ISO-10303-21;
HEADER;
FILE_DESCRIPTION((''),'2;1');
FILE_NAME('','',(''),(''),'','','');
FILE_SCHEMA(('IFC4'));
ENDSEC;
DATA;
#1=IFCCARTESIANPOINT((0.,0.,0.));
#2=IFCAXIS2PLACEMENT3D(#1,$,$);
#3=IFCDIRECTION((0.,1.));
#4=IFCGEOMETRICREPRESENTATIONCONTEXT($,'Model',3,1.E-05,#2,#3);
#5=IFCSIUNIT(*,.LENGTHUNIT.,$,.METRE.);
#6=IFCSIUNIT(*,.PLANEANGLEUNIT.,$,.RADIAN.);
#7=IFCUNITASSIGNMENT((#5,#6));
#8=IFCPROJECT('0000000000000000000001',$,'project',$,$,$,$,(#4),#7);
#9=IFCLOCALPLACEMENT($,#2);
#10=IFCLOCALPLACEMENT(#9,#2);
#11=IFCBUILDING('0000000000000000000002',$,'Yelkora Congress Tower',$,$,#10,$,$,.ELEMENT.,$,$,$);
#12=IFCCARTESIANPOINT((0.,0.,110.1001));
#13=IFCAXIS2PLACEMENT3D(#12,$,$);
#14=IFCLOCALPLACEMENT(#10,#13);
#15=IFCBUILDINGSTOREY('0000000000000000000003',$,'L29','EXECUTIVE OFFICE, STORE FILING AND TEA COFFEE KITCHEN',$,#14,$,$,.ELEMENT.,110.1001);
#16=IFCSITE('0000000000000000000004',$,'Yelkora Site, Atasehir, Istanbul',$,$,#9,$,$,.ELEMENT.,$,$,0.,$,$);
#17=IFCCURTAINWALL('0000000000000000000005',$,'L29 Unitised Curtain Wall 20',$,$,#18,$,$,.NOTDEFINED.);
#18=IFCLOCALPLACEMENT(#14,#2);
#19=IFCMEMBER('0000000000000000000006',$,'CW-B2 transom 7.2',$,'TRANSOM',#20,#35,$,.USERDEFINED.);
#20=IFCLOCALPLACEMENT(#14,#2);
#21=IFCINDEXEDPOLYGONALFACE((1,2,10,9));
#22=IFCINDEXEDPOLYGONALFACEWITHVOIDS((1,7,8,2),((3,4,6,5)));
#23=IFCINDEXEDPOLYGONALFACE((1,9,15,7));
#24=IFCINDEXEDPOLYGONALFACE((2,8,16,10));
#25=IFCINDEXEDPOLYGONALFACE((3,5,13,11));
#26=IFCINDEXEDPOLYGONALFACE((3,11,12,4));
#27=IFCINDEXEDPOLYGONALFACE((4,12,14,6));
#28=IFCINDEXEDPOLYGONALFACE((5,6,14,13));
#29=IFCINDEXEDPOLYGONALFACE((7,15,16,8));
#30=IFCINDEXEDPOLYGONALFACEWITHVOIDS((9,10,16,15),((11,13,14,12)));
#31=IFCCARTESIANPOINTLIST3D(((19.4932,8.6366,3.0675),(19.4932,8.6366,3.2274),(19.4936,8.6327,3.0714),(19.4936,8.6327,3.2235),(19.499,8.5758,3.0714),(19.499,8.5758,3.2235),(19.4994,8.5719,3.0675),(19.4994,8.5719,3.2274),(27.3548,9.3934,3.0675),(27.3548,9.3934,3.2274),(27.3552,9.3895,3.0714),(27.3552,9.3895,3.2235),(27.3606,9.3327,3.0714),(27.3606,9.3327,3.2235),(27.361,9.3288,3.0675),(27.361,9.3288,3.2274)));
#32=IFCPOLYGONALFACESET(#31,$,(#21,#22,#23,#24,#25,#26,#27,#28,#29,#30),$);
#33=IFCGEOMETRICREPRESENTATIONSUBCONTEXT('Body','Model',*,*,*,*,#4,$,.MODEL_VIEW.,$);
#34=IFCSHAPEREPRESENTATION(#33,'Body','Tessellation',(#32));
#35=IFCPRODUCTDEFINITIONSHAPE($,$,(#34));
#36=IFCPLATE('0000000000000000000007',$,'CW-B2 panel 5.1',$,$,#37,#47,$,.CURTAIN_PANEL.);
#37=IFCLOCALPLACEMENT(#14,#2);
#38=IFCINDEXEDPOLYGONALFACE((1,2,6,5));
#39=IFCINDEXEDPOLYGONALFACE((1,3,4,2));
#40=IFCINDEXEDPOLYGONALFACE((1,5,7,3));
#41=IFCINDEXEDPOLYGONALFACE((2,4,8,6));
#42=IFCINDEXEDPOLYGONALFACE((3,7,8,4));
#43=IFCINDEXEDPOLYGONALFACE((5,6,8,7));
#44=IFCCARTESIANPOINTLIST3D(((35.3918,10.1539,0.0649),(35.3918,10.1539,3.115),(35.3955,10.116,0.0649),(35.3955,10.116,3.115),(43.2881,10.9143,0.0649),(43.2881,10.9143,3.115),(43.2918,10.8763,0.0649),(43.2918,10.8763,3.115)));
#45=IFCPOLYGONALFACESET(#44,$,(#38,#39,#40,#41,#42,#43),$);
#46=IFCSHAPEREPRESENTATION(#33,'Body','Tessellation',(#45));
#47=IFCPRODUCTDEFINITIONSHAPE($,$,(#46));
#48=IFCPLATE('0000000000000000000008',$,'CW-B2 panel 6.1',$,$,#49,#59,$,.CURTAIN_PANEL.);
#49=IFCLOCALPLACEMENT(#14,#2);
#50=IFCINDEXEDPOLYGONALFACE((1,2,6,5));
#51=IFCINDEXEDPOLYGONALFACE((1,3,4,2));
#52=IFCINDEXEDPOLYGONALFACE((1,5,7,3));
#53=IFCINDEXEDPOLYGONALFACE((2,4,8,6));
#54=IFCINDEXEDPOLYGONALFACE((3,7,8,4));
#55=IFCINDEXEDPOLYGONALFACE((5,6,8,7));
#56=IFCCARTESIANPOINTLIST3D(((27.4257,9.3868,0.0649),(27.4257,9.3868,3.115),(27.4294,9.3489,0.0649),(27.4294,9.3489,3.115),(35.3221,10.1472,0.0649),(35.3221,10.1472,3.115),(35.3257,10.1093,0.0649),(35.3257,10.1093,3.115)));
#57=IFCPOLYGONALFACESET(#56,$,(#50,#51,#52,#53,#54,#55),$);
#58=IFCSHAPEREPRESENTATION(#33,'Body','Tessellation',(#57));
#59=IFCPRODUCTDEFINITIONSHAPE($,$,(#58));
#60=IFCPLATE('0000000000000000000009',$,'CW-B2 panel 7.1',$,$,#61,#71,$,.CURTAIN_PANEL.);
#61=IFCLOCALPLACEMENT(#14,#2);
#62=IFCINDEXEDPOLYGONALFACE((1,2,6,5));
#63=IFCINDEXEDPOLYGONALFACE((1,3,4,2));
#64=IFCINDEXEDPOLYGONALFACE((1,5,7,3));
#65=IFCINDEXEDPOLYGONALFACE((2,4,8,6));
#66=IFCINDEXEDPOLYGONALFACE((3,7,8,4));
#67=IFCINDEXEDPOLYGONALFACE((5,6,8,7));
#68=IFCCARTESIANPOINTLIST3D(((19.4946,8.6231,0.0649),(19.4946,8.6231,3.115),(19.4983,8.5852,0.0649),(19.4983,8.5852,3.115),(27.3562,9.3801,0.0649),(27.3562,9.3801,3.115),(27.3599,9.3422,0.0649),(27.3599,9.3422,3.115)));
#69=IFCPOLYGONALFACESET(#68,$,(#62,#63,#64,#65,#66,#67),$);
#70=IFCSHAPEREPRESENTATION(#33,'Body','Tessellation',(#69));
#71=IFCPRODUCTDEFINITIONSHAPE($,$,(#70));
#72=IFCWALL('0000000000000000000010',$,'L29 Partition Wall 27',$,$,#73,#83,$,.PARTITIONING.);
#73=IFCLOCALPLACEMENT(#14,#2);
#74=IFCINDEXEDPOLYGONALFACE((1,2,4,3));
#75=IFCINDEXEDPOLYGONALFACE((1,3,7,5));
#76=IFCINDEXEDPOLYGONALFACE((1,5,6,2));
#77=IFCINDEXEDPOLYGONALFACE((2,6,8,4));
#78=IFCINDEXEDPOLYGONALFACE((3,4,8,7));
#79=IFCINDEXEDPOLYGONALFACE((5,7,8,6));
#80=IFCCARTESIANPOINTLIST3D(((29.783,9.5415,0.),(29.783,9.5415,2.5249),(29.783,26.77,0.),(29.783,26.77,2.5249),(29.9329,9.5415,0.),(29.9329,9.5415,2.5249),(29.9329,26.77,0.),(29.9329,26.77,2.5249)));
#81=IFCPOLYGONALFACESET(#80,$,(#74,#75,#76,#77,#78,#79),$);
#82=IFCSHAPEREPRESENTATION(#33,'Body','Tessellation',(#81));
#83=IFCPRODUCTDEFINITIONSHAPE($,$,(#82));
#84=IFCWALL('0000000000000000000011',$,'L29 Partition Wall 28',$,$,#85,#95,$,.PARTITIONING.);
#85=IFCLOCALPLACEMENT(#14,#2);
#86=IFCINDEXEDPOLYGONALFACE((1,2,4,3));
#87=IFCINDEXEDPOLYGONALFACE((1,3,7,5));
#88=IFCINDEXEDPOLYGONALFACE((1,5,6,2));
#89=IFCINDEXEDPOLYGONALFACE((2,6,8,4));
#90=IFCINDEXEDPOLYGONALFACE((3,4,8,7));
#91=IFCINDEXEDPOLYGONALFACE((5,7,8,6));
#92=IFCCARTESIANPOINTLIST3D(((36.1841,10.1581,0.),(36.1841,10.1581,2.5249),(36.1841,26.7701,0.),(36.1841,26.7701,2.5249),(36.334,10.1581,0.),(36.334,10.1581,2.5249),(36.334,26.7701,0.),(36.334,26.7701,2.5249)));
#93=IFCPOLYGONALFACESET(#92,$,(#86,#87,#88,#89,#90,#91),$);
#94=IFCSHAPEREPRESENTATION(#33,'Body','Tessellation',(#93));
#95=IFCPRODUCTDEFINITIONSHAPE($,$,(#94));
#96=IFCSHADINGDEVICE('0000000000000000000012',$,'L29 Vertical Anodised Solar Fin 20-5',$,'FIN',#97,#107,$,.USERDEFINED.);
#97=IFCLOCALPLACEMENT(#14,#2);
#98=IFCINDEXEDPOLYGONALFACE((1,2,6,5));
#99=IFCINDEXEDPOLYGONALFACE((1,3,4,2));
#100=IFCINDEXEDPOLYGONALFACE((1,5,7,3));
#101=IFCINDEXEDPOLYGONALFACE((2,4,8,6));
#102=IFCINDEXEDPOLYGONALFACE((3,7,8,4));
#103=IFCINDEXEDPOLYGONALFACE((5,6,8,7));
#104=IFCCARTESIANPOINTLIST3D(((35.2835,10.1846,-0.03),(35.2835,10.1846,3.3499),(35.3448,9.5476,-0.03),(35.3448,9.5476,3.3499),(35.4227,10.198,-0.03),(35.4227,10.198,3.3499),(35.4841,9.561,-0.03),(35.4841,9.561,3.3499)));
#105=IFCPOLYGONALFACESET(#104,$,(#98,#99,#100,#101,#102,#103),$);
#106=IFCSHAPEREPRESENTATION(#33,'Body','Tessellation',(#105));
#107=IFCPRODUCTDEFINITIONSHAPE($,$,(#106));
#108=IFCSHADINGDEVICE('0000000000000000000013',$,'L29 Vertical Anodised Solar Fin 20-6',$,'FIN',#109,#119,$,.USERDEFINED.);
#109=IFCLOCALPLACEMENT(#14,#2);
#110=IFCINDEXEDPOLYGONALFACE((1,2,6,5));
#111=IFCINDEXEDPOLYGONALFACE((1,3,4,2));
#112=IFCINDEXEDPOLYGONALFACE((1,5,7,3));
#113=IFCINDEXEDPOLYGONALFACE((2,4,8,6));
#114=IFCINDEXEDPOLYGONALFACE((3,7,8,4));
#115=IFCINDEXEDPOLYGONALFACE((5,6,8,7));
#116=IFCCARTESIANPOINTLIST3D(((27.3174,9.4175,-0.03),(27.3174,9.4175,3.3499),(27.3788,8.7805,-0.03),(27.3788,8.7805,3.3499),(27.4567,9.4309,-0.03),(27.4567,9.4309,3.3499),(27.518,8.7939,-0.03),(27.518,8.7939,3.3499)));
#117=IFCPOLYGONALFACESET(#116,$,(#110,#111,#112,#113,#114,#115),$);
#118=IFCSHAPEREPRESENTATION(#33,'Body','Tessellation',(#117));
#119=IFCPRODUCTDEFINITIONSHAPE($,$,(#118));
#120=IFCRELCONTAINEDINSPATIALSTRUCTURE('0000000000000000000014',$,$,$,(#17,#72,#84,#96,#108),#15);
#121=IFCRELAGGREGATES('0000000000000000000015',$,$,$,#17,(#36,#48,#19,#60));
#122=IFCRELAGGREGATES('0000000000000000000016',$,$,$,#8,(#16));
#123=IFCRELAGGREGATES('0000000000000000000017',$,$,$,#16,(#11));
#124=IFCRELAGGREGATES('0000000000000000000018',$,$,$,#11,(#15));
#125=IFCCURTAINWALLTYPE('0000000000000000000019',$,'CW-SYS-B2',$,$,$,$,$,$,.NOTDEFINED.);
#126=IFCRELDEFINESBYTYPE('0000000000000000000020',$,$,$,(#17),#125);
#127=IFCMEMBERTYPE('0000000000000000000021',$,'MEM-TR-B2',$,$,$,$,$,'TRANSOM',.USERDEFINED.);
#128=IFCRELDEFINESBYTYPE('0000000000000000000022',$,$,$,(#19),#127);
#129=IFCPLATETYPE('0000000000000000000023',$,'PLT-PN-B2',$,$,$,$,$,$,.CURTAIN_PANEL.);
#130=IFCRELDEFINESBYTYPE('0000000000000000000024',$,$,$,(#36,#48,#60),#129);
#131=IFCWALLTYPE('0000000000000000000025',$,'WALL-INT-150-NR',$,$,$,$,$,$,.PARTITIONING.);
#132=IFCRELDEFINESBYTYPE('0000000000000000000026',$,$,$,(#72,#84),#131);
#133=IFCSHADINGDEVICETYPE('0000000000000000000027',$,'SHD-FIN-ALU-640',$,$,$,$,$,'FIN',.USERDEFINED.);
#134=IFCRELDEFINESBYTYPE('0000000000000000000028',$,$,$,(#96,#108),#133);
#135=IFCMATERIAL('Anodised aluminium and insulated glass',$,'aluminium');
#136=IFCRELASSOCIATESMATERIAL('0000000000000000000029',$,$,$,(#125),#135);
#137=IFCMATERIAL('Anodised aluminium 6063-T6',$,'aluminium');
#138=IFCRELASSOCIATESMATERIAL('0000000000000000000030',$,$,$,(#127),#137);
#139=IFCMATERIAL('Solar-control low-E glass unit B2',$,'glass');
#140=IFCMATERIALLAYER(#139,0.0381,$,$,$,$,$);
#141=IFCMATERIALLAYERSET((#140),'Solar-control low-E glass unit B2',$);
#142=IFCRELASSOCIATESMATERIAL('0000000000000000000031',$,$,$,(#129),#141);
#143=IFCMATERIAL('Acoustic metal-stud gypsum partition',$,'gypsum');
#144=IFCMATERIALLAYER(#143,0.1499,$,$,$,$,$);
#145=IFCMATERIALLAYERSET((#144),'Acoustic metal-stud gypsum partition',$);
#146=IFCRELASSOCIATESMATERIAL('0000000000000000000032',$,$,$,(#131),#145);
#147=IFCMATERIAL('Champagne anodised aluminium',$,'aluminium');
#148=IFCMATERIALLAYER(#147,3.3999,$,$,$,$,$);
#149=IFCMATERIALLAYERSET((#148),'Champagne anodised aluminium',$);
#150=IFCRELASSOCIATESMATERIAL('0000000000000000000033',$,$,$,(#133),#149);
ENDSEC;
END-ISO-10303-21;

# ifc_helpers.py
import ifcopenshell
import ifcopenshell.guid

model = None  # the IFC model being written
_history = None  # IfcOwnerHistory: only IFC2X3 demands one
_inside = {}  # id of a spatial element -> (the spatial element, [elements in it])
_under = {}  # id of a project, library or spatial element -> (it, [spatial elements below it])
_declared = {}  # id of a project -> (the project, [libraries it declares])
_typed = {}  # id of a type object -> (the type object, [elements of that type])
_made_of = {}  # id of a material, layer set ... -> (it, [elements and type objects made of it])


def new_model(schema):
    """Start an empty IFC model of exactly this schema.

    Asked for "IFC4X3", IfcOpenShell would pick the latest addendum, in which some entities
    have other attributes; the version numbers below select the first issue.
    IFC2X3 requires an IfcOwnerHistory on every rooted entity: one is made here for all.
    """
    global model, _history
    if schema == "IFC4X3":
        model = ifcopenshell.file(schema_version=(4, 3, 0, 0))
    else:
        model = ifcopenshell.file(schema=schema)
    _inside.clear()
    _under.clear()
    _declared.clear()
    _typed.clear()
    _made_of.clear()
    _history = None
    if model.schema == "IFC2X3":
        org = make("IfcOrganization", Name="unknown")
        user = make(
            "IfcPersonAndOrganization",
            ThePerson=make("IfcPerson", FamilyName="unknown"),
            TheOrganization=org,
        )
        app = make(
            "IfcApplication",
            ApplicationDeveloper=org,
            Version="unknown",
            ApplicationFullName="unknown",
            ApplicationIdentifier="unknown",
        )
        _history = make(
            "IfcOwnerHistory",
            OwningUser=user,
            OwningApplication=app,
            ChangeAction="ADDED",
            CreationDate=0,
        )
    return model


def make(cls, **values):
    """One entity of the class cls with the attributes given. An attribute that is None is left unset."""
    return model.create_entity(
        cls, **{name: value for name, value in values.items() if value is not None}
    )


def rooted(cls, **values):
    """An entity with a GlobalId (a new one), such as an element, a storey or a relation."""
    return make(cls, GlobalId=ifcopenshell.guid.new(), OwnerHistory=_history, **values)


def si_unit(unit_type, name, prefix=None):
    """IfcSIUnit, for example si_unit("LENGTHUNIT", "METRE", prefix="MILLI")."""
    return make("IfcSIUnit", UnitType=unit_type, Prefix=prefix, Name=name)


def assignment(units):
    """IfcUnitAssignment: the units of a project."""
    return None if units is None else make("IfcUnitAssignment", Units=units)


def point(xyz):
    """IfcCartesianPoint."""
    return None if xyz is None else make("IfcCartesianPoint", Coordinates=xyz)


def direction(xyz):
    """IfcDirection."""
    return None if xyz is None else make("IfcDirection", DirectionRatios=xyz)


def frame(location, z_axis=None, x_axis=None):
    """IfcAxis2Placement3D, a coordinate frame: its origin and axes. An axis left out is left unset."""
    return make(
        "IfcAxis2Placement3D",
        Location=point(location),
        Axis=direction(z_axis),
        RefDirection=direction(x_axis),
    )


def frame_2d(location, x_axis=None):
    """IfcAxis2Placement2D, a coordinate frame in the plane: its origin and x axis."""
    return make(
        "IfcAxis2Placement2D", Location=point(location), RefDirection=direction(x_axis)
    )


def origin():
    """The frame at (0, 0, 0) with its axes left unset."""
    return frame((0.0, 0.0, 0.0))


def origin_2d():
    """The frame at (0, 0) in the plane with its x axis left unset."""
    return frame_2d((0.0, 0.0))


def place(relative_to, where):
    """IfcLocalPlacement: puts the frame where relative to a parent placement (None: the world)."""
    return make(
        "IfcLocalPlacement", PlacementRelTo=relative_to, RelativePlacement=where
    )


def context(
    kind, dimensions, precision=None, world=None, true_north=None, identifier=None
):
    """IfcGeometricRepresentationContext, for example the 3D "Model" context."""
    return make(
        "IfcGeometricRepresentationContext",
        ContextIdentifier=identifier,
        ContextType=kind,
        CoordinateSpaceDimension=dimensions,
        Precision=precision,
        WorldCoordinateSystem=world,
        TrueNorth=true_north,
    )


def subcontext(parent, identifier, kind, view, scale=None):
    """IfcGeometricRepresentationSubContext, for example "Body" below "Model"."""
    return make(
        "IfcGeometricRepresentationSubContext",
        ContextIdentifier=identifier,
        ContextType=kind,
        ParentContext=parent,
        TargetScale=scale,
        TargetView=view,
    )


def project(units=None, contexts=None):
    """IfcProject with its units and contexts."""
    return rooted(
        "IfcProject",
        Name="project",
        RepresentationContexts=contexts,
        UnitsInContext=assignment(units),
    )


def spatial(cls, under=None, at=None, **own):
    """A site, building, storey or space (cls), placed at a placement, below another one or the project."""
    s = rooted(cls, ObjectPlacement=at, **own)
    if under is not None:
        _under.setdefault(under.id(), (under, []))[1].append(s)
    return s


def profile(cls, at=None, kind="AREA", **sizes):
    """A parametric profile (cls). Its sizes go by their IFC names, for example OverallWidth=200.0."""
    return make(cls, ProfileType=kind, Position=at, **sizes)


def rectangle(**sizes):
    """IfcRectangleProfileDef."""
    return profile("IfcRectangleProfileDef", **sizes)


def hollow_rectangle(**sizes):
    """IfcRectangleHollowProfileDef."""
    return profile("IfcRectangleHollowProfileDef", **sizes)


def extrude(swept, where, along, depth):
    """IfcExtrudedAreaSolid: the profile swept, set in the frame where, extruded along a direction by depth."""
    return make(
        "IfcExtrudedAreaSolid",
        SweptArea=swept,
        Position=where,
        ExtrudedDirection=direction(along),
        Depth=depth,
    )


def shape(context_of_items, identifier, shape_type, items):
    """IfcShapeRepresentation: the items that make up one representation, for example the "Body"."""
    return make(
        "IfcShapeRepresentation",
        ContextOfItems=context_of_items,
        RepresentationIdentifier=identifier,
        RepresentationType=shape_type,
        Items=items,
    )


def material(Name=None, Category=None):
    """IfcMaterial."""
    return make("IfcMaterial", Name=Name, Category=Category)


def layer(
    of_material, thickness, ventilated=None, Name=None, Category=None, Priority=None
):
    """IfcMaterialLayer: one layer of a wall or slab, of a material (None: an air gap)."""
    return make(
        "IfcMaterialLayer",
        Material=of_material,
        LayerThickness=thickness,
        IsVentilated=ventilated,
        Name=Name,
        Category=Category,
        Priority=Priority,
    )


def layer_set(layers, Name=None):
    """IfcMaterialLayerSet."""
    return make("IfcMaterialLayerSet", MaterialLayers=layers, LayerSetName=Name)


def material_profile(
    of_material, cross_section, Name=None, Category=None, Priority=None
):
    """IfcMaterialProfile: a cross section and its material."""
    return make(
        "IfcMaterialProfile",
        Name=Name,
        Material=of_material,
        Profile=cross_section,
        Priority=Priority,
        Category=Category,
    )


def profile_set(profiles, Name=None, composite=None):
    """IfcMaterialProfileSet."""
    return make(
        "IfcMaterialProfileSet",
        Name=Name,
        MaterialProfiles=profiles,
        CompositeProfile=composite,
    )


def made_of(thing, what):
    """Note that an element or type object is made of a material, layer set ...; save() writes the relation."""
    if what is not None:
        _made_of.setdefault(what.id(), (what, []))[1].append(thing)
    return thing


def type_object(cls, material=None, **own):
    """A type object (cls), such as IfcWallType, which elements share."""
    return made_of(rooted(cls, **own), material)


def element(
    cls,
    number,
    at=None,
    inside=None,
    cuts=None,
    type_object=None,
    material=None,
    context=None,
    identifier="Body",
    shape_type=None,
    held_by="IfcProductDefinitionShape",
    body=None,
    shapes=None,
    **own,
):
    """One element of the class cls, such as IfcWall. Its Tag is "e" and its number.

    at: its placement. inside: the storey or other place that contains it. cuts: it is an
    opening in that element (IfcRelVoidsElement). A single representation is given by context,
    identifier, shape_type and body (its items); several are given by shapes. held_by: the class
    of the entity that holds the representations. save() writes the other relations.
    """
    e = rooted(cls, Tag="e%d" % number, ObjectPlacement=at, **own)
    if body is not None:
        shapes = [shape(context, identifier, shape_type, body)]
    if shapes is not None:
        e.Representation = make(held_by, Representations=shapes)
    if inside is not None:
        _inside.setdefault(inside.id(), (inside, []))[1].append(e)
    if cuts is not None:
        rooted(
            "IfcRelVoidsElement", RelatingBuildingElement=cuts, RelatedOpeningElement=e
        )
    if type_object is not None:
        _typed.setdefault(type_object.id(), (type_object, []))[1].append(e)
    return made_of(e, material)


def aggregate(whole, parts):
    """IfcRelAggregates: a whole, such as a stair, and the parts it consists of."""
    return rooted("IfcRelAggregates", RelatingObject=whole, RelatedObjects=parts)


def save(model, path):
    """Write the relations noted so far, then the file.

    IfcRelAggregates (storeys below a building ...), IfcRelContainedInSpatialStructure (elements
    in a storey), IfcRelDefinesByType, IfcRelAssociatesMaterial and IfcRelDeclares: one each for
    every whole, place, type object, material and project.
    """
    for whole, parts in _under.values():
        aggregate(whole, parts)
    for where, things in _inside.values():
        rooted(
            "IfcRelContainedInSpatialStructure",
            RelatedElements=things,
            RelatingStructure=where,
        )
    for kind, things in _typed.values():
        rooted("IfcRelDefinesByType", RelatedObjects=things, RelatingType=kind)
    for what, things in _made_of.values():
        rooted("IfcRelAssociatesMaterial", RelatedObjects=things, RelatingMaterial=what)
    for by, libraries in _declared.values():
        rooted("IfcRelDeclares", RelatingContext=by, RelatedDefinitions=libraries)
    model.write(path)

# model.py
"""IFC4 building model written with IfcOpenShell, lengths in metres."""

from ifc_helpers import new_model, si_unit, direction, frame, frame_2d, origin, origin_2d, place, context, subcontext, project, spatial, rectangle, hollow_rectangle, extrude, material, layer, layer_set, material_profile, profile_set, type_object, element, aggregate, save


model = new_model("IFC4")

# Units and contexts
model_context = context("Model", 3, precision=1e-05, world=origin(), true_north=direction((0.0, 1.0)))
body_context = subcontext(model_context, "Body", "Model", "MODEL_VIEW")
ifc_project = project(units=[si_unit("LENGTHUNIT", "METRE"), si_unit("PLANEANGLEUNIT", "RADIAN")], contexts=[model_context])

# Site, building, storey
site_placement = place(None, origin())
site = spatial("IfcSite", under=ifc_project, at=site_placement, Name="Yelkora Site, Atasehir, Istanbul", CompositionType="ELEMENT", RefElevation=0.0)
building_placement = place(site_placement, origin())
building = spatial("IfcBuilding", under=site, at=building_placement, Name="Yelkora Congress Tower", CompositionType="ELEMENT")
storey_placement = place(building_placement, frame((0.0, 0.0, 110.1001)))
storey = spatial("IfcBuildingStorey", under=building, at=storey_placement, Name="L29", Description="EXECUTIVE OFFICE, STORE FILING AND TEA COFFEE KITCHEN", CompositionType="ELEMENT", Elevation=110.1001)

# Curtain wall, member, plates
ifc_material_1 = material(Name="Anodised aluminium and insulated glass", Category="aluminium")
curtain_wall_type = type_object("IfcCurtainWallType", Name="CW-SYS-B2", PredefinedType="NOTDEFINED", material=ifc_material_1)
curtain_wall_placement = place(storey_placement, origin())
curtain_wall = element("IfcCurtainWall", 1, at=curtain_wall_placement, inside=storey, type_object=curtain_wall_type, Name="L29 Unitised Curtain Wall 20", PredefinedType="NOTDEFINED")
ifc_material_2 = material(Name="Anodised aluminium 6063-T6", Category="aluminium")
ifc_material_profile_1 = material_profile(ifc_material_2, hollow_rectangle(XDim=0.0649, YDim=0.1599, WallThickness=0.0039, at=origin_2d()), Name="ALU 65x160x4")
ifc_profile_set_1 = profile_set([ifc_material_profile_1], Name="Anodised aluminium 6063-T6")
member_type_1 = type_object("IfcMemberType", Name="MEM-TR-B2", ElementType="TRANSOM", PredefinedType="USERDEFINED", material=ifc_profile_set_1)
member_1_placement = place(storey_placement, frame((27.3579, 9.3611, 3.1475), z_axis=(-0.995398, -0.095827, 0.0), x_axis=(0.095827, -0.995398, 0.0)))
member_1 = element("IfcMember", 2, at=member_1_placement, type_object=member_type_1, Name="CW-B2 transom 7.2", ObjectType="TRANSOM", PredefinedType="USERDEFINED", context=body_context, shape_type="SweptSolid", body=[
    extrude(hollow_rectangle(XDim=0.0649, YDim=0.1599, WallThickness=0.0039, at=origin_2d()), origin(), (0.0, 0.0, 1.0), 7.8979),
])
ifc_material_3 = material(Name="Solar-control low-E glass unit B2", Category="glass")
ifc_layer_1 = layer(ifc_material_3, 0.0381)
ifc_layer_set_1 = layer_set([ifc_layer_1], Name="Solar-control low-E glass unit B2")
plate_type = type_object("IfcPlateType", Name="PLT-PN-B2", PredefinedType="CURTAIN_PANEL", material=ifc_layer_set_1)
plate_1_placement = place(storey_placement, frame((39.3418, 10.5151, 0.0649), z_axis=(0.0, 0.0, 1.0), x_axis=(-0.995396, -0.095844, 0.0)))
plate_1 = element("IfcPlate", 3, at=plate_1_placement, type_object=plate_type, Name="CW-B2 panel 5.1", PredefinedType="CURTAIN_PANEL", context=body_context, shape_type="SweptSolid", body=[
    extrude(rectangle(XDim=7.9329, YDim=0.0381, at=origin_2d()), origin(), (0.0, 0.0, 1.0), 3.05),
])
plate_2_placement = place(storey_placement, frame((31.3757, 9.748, 0.0649), z_axis=(0.0, 0.0, 1.0), x_axis=(-0.995396, -0.095844, 0.0)))
plate_2 = element("IfcPlate", 4, at=plate_2_placement, type_object=plate_type, Name="CW-B2 panel 6.1", PredefinedType="CURTAIN_PANEL", context=body_context, shape_type="SweptSolid", body=[
    extrude(rectangle(XDim=7.9329, YDim=0.0381, at=origin_2d()), origin(), (0.0, 0.0, 1.0), 3.05),
])
plate_3_placement = place(storey_placement, frame((23.4272, 8.9827, 0.0649), z_axis=(0.0, 0.0, 1.0), x_axis=(-0.995396, -0.095844, 0.0)))
plate_3 = element("IfcPlate", 5, at=plate_3_placement, type_object=plate_type, Name="CW-B2 panel 7.1", PredefinedType="CURTAIN_PANEL", context=body_context, shape_type="SweptSolid", body=[
    extrude(rectangle(XDim=7.8979, YDim=0.0381, at=origin_2d()), origin(), (0.0, 0.0, 1.0), 3.05),
])
aggregate(curtain_wall, [plate_1, plate_2, member_1, plate_3])

# Walls
ifc_material_4 = material(Name="Acoustic metal-stud gypsum partition", Category="gypsum")
ifc_layer_2 = layer(ifc_material_4, 0.1499)
ifc_layer_set_2 = layer_set([ifc_layer_2], Name="Acoustic metal-stud gypsum partition")
wall_type = type_object("IfcWallType", Name="WALL-INT-150-NR", PredefinedType="PARTITIONING", material=ifc_layer_set_2)
wall_1_placement = place(storey_placement, frame((29.8579, 9.5415, 0.0), z_axis=(0.0, 0.0, 1.0), x_axis=(0.0, 1.0, 0.0)))
element("IfcWall", 6, at=wall_1_placement, inside=storey, type_object=wall_type, Name="L29 Partition Wall 27", PredefinedType="PARTITIONING", context=body_context, shape_type="SweptSolid", body=[
    extrude(rectangle(XDim=17.2285, YDim=0.1499, at=frame_2d((8.6143, 0.0))), origin(), (0.0, 0.0, 1.0), 2.5249),
])
wall_2_placement = place(storey_placement, frame((36.259, 10.158, 0.0), z_axis=(0.0, 0.0, 1.0), x_axis=(0.0, 1.0, 0.0)))
element("IfcWall", 7, at=wall_2_placement, inside=storey, type_object=wall_type, Name="L29 Partition Wall 28", PredefinedType="PARTITIONING", context=body_context, shape_type="SweptSolid", body=[
    extrude(rectangle(XDim=16.6121, YDim=0.1499, at=frame_2d((8.3062, 0.0))), origin(), (0.0, 0.0, 1.0), 2.5249),
])

# Shading devices
ifc_material_5 = material(Name="Champagne anodised aluminium", Category="aluminium")
ifc_layer_3 = layer(ifc_material_5, 3.3999)
ifc_layer_set_3 = layer_set([ifc_layer_3], Name="Champagne anodised aluminium")
shading_device_type = type_object("IfcShadingDeviceType", Name="SHD-FIN-ALU-640", ElementType="FIN", PredefinedType="USERDEFINED", material=ifc_layer_set_3)
for number, where, z_axis, x_axis, name in (
    (8, (35.3838, 9.8728, -0.03), (0.0, 0.0, 1.0), (-0.995396, -0.095846, 0.0), "L29 Vertical Anodised Solar Fin 20-5"),
    (9, (27.4177, 9.1057, -0.03), (0.0, 0.0, 1.0), (-0.995396, -0.095846, 0.0), "L29 Vertical Anodised Solar Fin 20-6"),
):
    element("IfcShadingDevice", number, at=place(storey_placement, frame(where, z_axis=z_axis, x_axis=x_axis)), inside=storey, type_object=shading_device_type, Name=name, ObjectType="FIN", PredefinedType="USERDEFINED", context=body_context, shape_type="SweptSolid", body=[
        extrude(rectangle(XDim=0.1399, YDim=0.6399, at=origin_2d()), origin(), (0.0, 0.0, 1.0), 3.3799),
    ])

save(model, "model.ifc")
